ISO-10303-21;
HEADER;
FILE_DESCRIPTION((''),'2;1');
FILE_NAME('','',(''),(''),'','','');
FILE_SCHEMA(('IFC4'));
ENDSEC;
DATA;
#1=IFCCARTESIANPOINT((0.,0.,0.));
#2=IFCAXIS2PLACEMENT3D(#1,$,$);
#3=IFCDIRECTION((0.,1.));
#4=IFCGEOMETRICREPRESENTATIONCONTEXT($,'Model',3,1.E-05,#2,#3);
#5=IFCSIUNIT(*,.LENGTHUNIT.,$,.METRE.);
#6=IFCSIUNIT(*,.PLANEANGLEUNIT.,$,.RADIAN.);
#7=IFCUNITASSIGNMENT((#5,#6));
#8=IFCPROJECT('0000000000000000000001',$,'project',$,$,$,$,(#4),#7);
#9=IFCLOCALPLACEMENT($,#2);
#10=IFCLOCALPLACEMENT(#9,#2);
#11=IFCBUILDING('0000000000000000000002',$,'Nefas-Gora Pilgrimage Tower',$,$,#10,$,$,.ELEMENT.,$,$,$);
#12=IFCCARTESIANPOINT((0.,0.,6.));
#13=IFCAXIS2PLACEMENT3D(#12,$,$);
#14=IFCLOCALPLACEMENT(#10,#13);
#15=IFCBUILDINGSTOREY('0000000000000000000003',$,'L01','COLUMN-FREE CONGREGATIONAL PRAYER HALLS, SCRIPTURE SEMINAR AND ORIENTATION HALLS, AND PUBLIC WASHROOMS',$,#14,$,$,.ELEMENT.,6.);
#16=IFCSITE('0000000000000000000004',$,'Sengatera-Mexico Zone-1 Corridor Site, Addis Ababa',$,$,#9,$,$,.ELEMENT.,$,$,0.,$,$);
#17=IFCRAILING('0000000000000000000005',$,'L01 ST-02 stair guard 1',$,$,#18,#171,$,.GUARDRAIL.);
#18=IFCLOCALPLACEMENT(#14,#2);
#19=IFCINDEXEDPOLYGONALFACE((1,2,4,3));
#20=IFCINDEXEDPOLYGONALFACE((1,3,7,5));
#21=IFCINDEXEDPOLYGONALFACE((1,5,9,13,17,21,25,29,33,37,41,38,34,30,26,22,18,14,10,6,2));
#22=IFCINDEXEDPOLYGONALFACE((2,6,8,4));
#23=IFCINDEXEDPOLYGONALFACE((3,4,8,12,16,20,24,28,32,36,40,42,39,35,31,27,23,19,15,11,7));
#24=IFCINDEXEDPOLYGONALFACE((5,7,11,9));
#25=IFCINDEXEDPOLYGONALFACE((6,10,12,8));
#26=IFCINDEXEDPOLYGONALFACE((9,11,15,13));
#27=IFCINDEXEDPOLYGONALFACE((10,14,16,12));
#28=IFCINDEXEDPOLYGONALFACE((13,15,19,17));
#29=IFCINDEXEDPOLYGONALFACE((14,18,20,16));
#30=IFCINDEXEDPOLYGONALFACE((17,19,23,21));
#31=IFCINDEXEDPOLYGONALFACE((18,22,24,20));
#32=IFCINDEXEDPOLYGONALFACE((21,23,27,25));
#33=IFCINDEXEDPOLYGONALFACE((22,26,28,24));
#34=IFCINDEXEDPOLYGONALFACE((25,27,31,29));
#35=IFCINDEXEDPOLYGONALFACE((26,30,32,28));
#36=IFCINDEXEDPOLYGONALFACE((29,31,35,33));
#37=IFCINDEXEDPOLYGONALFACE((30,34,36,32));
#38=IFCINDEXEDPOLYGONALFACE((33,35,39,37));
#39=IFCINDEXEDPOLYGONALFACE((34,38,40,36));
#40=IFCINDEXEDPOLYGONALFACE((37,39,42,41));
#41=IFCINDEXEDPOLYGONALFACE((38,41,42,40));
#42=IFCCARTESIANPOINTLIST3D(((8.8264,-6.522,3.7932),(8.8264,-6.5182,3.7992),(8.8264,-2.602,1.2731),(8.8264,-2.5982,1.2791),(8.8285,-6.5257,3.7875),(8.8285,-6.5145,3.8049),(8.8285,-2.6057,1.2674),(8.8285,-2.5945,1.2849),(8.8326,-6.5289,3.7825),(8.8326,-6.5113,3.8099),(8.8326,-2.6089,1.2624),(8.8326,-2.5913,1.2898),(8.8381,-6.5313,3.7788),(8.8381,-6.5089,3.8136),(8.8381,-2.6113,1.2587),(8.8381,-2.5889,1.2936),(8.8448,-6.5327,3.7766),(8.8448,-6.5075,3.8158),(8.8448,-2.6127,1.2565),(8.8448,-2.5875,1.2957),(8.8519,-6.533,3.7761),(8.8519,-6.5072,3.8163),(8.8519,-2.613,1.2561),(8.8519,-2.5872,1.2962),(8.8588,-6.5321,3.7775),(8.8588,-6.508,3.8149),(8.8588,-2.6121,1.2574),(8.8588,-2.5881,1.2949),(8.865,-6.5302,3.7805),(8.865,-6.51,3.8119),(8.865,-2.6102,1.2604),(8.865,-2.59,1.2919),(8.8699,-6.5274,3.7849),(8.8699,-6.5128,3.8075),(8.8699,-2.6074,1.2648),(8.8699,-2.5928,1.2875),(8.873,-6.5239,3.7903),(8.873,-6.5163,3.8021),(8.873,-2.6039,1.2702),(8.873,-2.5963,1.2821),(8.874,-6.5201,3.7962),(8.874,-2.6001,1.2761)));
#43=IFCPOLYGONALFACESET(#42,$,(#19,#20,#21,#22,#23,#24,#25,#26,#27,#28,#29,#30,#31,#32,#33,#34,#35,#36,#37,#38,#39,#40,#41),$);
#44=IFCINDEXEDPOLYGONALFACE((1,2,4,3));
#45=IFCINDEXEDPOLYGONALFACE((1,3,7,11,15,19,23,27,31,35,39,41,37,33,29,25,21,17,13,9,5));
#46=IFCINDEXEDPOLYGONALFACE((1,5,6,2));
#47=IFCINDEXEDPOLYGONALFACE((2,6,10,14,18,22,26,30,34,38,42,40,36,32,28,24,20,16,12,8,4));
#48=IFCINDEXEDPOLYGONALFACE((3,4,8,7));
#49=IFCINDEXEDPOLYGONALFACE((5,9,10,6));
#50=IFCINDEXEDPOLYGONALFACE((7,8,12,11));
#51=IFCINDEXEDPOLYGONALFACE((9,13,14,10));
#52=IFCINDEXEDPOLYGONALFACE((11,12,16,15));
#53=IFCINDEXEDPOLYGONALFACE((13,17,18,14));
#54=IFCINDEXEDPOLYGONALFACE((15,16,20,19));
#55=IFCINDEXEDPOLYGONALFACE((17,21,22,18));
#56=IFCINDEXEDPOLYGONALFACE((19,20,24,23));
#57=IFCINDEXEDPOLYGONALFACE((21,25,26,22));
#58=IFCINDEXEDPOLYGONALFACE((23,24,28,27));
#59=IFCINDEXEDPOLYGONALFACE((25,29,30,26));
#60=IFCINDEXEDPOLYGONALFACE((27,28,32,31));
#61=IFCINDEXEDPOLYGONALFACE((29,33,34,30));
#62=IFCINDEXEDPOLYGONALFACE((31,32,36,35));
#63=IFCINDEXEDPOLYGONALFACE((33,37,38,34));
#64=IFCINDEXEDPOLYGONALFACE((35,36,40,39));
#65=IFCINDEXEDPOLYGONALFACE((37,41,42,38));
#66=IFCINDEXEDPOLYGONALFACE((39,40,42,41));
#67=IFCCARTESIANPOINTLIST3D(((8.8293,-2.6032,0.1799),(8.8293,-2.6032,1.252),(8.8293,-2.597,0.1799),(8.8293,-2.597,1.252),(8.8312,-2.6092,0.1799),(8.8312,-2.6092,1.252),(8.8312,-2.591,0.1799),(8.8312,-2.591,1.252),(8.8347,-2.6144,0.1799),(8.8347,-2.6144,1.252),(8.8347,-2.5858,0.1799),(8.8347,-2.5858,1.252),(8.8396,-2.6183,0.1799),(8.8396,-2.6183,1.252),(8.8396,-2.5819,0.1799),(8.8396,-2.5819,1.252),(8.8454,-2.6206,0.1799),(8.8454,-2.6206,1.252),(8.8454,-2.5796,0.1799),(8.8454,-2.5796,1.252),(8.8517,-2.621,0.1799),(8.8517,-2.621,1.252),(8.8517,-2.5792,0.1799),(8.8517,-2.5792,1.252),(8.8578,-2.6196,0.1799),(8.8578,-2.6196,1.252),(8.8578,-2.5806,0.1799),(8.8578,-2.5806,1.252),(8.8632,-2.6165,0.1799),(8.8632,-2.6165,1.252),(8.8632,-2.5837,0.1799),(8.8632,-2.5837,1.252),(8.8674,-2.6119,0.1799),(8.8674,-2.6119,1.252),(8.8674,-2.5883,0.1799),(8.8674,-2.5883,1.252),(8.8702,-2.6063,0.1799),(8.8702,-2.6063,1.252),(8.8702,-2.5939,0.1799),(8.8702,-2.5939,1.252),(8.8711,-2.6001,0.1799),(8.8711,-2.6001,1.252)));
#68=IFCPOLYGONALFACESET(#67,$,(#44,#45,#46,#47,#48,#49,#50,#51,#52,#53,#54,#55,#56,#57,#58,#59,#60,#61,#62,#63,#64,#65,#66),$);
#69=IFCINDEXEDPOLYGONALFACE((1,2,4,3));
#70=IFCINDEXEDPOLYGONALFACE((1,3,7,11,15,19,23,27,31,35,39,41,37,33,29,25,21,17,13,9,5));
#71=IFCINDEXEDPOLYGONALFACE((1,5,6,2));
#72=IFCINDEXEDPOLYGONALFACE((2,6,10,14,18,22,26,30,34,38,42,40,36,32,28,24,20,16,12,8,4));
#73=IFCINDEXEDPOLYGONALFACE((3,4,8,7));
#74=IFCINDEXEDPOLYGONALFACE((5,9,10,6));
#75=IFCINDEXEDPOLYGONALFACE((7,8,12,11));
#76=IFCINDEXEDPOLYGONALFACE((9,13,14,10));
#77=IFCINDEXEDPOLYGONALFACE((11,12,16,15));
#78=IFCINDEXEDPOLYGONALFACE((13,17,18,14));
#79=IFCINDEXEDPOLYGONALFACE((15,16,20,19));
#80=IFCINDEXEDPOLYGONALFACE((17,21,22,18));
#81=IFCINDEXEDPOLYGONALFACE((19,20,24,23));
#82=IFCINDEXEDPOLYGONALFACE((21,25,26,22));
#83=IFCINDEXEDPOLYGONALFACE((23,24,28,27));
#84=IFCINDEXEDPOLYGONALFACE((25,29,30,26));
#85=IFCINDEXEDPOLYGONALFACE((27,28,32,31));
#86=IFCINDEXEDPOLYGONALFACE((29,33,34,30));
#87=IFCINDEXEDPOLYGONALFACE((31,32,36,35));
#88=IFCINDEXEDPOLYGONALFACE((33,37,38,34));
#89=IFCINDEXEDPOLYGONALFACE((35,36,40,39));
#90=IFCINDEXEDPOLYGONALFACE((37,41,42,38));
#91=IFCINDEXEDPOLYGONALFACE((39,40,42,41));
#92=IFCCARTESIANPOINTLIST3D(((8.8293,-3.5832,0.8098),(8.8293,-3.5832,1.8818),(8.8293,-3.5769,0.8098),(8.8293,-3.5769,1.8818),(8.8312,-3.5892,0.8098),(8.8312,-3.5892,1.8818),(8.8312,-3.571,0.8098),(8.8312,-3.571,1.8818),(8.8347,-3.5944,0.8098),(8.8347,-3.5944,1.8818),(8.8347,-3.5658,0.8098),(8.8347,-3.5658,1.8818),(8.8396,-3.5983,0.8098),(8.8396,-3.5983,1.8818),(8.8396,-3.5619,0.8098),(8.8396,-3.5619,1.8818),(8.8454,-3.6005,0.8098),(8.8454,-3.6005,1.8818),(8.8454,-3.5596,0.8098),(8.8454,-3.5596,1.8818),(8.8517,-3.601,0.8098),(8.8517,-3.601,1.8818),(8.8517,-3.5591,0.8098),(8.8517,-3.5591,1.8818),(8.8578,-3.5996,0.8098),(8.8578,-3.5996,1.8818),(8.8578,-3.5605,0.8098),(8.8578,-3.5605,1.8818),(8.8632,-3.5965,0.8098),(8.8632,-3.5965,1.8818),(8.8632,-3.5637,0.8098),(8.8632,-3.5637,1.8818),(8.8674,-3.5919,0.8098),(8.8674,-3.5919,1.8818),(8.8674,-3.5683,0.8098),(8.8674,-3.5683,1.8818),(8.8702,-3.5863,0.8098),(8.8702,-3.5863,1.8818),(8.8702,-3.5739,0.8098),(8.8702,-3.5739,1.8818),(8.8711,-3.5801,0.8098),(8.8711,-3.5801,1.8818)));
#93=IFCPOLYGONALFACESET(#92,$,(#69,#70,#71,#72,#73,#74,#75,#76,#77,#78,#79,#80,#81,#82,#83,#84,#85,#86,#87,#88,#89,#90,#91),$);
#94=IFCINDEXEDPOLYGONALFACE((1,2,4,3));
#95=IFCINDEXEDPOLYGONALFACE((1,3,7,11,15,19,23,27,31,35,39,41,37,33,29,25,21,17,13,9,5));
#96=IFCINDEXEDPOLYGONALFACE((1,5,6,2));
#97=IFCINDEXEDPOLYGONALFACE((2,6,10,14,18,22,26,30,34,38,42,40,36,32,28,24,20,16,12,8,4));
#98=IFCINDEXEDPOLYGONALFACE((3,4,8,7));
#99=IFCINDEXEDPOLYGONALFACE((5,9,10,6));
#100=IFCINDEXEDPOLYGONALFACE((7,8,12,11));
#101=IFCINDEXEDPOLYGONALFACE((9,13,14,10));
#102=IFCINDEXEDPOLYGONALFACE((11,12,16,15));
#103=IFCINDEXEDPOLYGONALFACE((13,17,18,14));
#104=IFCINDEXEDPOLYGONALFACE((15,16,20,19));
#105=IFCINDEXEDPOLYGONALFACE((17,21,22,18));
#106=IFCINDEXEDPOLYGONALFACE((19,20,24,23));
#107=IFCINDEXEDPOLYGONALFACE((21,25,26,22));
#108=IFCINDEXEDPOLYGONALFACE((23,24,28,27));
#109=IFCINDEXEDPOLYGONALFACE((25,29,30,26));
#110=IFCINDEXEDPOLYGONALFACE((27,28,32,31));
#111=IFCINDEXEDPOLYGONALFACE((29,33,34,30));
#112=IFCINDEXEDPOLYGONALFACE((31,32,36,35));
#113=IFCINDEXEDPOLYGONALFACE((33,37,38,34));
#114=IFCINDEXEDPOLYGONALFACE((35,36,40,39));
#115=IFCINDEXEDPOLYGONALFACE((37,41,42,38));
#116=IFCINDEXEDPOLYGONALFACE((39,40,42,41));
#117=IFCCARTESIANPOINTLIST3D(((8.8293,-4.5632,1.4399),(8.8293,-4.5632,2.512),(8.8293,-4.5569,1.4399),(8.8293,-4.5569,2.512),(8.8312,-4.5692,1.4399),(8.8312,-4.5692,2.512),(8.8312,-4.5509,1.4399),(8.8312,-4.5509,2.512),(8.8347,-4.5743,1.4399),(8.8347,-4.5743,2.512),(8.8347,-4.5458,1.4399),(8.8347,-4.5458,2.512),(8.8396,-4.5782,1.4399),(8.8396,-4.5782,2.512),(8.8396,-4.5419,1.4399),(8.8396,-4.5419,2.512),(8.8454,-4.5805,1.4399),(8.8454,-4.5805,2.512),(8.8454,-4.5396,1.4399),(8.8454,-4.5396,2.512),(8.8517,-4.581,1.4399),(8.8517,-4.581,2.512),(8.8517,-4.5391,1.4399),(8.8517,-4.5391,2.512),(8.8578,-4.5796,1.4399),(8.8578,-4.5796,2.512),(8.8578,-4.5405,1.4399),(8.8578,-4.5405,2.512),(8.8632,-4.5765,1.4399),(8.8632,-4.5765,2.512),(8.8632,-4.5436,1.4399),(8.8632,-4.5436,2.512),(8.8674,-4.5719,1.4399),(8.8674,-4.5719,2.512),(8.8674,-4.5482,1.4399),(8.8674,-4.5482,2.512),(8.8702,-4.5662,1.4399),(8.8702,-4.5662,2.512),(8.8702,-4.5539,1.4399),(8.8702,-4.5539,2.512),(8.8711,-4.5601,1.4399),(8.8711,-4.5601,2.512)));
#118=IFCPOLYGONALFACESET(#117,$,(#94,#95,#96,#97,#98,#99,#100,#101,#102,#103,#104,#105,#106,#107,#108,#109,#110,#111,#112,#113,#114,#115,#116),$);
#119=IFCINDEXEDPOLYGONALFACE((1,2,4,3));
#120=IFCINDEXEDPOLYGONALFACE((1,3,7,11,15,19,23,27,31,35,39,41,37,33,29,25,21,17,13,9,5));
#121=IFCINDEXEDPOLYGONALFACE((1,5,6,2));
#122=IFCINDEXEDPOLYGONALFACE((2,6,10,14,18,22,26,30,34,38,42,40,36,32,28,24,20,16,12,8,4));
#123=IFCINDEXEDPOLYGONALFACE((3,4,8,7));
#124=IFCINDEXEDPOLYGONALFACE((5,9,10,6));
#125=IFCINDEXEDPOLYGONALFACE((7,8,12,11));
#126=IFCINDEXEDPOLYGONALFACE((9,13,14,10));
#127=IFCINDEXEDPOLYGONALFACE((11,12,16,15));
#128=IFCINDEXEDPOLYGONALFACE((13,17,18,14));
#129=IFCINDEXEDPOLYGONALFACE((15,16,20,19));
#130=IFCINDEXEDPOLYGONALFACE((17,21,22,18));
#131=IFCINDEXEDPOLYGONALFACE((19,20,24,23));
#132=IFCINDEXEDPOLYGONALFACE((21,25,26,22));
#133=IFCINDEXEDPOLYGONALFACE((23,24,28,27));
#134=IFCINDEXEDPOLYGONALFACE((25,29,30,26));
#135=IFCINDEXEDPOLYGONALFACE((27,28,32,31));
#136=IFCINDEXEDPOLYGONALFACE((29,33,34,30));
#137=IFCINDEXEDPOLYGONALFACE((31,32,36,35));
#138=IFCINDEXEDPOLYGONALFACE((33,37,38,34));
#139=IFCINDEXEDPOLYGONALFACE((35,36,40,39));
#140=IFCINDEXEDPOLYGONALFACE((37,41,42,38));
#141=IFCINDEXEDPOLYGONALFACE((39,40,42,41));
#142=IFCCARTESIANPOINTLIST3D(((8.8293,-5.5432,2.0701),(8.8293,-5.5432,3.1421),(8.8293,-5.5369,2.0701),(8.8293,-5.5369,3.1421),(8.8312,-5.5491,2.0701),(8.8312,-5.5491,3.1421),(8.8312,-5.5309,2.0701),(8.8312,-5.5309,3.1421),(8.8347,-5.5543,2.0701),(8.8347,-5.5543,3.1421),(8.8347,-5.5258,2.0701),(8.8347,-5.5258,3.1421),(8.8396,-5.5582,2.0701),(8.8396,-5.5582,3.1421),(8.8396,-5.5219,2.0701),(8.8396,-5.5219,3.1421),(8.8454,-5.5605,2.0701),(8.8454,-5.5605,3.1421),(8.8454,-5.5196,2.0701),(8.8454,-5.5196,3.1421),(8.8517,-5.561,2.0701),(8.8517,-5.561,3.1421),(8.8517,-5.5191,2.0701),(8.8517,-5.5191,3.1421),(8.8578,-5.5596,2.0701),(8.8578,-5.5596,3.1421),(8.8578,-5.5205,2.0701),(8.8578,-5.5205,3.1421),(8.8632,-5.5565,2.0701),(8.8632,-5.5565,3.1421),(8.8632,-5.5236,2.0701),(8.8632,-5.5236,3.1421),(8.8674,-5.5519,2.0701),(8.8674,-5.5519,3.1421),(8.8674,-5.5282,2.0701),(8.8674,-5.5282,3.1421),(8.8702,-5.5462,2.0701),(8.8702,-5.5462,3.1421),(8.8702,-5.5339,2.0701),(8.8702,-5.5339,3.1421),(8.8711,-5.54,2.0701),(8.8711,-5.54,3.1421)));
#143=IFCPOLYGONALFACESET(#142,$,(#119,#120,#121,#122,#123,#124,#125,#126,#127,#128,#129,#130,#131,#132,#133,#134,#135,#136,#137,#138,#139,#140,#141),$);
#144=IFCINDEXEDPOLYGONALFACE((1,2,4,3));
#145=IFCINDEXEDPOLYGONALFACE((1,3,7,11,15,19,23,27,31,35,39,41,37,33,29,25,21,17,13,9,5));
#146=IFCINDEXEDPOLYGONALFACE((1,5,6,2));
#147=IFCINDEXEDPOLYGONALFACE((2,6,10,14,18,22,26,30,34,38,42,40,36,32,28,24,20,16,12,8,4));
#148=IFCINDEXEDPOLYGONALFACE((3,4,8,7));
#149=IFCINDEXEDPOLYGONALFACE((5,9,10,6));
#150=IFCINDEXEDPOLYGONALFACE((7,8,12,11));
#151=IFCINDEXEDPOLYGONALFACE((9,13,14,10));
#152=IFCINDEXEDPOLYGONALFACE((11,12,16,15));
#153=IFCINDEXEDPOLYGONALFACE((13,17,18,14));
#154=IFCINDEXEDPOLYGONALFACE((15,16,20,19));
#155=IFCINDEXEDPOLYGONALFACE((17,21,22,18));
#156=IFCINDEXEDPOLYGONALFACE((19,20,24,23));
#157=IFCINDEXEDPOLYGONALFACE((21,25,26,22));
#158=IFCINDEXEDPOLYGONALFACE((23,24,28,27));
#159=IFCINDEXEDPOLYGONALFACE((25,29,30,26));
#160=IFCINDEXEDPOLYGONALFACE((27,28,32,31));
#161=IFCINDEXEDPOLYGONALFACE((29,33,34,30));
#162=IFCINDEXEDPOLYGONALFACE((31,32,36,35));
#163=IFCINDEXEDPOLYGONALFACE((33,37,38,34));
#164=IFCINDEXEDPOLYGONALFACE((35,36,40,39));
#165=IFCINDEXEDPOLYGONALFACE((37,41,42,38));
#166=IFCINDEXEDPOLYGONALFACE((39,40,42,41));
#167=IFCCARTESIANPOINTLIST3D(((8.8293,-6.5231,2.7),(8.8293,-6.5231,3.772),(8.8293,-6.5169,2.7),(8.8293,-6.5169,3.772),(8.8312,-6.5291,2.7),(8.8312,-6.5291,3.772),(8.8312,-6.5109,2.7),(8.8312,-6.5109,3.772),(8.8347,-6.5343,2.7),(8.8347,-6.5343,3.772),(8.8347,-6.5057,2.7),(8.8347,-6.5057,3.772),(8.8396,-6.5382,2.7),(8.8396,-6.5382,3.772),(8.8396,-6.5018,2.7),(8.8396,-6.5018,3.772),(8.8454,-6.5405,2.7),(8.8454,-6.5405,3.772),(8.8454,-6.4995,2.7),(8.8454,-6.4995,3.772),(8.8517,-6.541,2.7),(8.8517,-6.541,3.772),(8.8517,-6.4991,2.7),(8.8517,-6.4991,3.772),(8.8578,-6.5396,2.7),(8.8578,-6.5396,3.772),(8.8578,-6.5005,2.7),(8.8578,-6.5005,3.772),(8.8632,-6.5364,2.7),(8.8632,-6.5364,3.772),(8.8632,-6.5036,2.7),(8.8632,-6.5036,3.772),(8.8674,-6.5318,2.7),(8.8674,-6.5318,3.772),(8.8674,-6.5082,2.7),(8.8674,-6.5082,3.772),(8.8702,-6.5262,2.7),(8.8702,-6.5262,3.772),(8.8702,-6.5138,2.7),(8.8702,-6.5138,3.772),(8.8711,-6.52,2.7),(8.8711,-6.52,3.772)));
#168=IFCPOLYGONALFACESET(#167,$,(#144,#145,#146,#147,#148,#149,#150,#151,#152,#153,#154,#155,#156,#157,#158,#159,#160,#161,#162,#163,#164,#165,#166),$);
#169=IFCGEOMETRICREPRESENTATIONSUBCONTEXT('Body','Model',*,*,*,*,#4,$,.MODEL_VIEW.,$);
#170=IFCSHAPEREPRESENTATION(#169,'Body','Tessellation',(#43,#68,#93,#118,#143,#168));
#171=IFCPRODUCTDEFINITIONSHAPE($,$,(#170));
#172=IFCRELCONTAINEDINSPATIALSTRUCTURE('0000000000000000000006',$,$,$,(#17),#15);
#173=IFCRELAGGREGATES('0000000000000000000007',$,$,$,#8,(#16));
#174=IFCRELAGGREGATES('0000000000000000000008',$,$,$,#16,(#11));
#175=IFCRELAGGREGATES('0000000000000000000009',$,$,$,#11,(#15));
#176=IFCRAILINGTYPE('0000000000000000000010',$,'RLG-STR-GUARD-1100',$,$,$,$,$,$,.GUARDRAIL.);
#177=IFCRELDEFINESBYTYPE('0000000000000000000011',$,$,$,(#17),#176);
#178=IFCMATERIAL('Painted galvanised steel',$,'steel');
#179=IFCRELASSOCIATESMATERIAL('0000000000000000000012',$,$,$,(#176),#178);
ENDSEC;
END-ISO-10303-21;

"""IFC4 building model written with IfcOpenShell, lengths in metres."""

from ifc_helpers import new_model, si_unit, direction, frame, origin, origin_2d, place, context, subcontext, project, spatial, circle, extrude, material, type_object, element, save


model = new_model("IFC4")

# Units and contexts
model_context = context("Model", 3, precision=1e-05, world=origin(), true_north=direction((0.0, 1.0)))
body_context = subcontext(model_context, "Body", "Model", "MODEL_VIEW")
ifc_project = project(units=[si_unit("LENGTHUNIT", "METRE"), si_unit("PLANEANGLEUNIT", "RADIAN")], contexts=[model_context])

# Site, building, storey
site_placement = place(None, origin())
site = spatial("IfcSite", under=ifc_project, at=site_placement, Name="Sengatera-Mexico Zone-1 Corridor Site, Addis Ababa", CompositionType="ELEMENT", RefElevation=0.0)
building_placement = place(site_placement, origin())
building = spatial("IfcBuilding", under=site, at=building_placement, Name="Nefas-Gora Pilgrimage Tower", CompositionType="ELEMENT")
storey_placement = place(building_placement, frame((0.0, 0.0, 6.0)))
storey = spatial("IfcBuildingStorey", under=building, at=storey_placement, Name="L01", Description="COLUMN-FREE CONGREGATIONAL PRAYER HALLS, SCRIPTURE SEMINAR AND ORIENTATION HALLS, AND PUBLIC WASHROOMS", CompositionType="ELEMENT", Elevation=6.0)

# Railing
ifc_material_1 = material(Name="Painted galvanised steel", Category="steel")
railing_type_1 = type_object("IfcRailingType", Name="RLG-STR-GUARD-1100", PredefinedType="GUARDRAIL", material=ifc_material_1)
railing_1_placement = place(storey_placement, frame((8.8501, -2.6001, 0.1799)))
element("IfcRailing", 1, at=railing_1_placement, inside=storey, type_object=railing_type_1, Name="L01 ST-02 stair guard 1", PredefinedType="GUARDRAIL", context=body_context, shape_type="SweptSolid", body=[
    extrude(circle(Radius=0.0239, at=origin_2d()), frame((0.0, 0.0, 1.0962), z_axis=(0.0, -0.841172, 0.540768), x_axis=(1.0, 0.0, 0.0)), (0.0, 0.0, 1.0), 4.6602),
    extrude(circle(Radius=0.021, at=origin_2d()), origin(), (0.0, 0.0, 1.0), 1.072),
    extrude(circle(Radius=0.021, at=origin_2d()), frame((0.0, -0.98, 0.6299)), (0.0, 0.0, 1.0), 1.072),
    extrude(circle(Radius=0.021, at=origin_2d()), frame((0.0, -1.96, 1.26)), (0.0, 0.0, 1.0), 1.072),
    extrude(circle(Radius=0.021, at=origin_2d()), frame((0.0, -2.9399, 1.8901)), (0.0, 0.0, 1.0), 1.072),
    extrude(circle(Radius=0.021, at=origin_2d()), frame((0.0, -3.9199, 2.52)), (0.0, 0.0, 1.0), 1.072),
])

save(model, "model.ifc")
